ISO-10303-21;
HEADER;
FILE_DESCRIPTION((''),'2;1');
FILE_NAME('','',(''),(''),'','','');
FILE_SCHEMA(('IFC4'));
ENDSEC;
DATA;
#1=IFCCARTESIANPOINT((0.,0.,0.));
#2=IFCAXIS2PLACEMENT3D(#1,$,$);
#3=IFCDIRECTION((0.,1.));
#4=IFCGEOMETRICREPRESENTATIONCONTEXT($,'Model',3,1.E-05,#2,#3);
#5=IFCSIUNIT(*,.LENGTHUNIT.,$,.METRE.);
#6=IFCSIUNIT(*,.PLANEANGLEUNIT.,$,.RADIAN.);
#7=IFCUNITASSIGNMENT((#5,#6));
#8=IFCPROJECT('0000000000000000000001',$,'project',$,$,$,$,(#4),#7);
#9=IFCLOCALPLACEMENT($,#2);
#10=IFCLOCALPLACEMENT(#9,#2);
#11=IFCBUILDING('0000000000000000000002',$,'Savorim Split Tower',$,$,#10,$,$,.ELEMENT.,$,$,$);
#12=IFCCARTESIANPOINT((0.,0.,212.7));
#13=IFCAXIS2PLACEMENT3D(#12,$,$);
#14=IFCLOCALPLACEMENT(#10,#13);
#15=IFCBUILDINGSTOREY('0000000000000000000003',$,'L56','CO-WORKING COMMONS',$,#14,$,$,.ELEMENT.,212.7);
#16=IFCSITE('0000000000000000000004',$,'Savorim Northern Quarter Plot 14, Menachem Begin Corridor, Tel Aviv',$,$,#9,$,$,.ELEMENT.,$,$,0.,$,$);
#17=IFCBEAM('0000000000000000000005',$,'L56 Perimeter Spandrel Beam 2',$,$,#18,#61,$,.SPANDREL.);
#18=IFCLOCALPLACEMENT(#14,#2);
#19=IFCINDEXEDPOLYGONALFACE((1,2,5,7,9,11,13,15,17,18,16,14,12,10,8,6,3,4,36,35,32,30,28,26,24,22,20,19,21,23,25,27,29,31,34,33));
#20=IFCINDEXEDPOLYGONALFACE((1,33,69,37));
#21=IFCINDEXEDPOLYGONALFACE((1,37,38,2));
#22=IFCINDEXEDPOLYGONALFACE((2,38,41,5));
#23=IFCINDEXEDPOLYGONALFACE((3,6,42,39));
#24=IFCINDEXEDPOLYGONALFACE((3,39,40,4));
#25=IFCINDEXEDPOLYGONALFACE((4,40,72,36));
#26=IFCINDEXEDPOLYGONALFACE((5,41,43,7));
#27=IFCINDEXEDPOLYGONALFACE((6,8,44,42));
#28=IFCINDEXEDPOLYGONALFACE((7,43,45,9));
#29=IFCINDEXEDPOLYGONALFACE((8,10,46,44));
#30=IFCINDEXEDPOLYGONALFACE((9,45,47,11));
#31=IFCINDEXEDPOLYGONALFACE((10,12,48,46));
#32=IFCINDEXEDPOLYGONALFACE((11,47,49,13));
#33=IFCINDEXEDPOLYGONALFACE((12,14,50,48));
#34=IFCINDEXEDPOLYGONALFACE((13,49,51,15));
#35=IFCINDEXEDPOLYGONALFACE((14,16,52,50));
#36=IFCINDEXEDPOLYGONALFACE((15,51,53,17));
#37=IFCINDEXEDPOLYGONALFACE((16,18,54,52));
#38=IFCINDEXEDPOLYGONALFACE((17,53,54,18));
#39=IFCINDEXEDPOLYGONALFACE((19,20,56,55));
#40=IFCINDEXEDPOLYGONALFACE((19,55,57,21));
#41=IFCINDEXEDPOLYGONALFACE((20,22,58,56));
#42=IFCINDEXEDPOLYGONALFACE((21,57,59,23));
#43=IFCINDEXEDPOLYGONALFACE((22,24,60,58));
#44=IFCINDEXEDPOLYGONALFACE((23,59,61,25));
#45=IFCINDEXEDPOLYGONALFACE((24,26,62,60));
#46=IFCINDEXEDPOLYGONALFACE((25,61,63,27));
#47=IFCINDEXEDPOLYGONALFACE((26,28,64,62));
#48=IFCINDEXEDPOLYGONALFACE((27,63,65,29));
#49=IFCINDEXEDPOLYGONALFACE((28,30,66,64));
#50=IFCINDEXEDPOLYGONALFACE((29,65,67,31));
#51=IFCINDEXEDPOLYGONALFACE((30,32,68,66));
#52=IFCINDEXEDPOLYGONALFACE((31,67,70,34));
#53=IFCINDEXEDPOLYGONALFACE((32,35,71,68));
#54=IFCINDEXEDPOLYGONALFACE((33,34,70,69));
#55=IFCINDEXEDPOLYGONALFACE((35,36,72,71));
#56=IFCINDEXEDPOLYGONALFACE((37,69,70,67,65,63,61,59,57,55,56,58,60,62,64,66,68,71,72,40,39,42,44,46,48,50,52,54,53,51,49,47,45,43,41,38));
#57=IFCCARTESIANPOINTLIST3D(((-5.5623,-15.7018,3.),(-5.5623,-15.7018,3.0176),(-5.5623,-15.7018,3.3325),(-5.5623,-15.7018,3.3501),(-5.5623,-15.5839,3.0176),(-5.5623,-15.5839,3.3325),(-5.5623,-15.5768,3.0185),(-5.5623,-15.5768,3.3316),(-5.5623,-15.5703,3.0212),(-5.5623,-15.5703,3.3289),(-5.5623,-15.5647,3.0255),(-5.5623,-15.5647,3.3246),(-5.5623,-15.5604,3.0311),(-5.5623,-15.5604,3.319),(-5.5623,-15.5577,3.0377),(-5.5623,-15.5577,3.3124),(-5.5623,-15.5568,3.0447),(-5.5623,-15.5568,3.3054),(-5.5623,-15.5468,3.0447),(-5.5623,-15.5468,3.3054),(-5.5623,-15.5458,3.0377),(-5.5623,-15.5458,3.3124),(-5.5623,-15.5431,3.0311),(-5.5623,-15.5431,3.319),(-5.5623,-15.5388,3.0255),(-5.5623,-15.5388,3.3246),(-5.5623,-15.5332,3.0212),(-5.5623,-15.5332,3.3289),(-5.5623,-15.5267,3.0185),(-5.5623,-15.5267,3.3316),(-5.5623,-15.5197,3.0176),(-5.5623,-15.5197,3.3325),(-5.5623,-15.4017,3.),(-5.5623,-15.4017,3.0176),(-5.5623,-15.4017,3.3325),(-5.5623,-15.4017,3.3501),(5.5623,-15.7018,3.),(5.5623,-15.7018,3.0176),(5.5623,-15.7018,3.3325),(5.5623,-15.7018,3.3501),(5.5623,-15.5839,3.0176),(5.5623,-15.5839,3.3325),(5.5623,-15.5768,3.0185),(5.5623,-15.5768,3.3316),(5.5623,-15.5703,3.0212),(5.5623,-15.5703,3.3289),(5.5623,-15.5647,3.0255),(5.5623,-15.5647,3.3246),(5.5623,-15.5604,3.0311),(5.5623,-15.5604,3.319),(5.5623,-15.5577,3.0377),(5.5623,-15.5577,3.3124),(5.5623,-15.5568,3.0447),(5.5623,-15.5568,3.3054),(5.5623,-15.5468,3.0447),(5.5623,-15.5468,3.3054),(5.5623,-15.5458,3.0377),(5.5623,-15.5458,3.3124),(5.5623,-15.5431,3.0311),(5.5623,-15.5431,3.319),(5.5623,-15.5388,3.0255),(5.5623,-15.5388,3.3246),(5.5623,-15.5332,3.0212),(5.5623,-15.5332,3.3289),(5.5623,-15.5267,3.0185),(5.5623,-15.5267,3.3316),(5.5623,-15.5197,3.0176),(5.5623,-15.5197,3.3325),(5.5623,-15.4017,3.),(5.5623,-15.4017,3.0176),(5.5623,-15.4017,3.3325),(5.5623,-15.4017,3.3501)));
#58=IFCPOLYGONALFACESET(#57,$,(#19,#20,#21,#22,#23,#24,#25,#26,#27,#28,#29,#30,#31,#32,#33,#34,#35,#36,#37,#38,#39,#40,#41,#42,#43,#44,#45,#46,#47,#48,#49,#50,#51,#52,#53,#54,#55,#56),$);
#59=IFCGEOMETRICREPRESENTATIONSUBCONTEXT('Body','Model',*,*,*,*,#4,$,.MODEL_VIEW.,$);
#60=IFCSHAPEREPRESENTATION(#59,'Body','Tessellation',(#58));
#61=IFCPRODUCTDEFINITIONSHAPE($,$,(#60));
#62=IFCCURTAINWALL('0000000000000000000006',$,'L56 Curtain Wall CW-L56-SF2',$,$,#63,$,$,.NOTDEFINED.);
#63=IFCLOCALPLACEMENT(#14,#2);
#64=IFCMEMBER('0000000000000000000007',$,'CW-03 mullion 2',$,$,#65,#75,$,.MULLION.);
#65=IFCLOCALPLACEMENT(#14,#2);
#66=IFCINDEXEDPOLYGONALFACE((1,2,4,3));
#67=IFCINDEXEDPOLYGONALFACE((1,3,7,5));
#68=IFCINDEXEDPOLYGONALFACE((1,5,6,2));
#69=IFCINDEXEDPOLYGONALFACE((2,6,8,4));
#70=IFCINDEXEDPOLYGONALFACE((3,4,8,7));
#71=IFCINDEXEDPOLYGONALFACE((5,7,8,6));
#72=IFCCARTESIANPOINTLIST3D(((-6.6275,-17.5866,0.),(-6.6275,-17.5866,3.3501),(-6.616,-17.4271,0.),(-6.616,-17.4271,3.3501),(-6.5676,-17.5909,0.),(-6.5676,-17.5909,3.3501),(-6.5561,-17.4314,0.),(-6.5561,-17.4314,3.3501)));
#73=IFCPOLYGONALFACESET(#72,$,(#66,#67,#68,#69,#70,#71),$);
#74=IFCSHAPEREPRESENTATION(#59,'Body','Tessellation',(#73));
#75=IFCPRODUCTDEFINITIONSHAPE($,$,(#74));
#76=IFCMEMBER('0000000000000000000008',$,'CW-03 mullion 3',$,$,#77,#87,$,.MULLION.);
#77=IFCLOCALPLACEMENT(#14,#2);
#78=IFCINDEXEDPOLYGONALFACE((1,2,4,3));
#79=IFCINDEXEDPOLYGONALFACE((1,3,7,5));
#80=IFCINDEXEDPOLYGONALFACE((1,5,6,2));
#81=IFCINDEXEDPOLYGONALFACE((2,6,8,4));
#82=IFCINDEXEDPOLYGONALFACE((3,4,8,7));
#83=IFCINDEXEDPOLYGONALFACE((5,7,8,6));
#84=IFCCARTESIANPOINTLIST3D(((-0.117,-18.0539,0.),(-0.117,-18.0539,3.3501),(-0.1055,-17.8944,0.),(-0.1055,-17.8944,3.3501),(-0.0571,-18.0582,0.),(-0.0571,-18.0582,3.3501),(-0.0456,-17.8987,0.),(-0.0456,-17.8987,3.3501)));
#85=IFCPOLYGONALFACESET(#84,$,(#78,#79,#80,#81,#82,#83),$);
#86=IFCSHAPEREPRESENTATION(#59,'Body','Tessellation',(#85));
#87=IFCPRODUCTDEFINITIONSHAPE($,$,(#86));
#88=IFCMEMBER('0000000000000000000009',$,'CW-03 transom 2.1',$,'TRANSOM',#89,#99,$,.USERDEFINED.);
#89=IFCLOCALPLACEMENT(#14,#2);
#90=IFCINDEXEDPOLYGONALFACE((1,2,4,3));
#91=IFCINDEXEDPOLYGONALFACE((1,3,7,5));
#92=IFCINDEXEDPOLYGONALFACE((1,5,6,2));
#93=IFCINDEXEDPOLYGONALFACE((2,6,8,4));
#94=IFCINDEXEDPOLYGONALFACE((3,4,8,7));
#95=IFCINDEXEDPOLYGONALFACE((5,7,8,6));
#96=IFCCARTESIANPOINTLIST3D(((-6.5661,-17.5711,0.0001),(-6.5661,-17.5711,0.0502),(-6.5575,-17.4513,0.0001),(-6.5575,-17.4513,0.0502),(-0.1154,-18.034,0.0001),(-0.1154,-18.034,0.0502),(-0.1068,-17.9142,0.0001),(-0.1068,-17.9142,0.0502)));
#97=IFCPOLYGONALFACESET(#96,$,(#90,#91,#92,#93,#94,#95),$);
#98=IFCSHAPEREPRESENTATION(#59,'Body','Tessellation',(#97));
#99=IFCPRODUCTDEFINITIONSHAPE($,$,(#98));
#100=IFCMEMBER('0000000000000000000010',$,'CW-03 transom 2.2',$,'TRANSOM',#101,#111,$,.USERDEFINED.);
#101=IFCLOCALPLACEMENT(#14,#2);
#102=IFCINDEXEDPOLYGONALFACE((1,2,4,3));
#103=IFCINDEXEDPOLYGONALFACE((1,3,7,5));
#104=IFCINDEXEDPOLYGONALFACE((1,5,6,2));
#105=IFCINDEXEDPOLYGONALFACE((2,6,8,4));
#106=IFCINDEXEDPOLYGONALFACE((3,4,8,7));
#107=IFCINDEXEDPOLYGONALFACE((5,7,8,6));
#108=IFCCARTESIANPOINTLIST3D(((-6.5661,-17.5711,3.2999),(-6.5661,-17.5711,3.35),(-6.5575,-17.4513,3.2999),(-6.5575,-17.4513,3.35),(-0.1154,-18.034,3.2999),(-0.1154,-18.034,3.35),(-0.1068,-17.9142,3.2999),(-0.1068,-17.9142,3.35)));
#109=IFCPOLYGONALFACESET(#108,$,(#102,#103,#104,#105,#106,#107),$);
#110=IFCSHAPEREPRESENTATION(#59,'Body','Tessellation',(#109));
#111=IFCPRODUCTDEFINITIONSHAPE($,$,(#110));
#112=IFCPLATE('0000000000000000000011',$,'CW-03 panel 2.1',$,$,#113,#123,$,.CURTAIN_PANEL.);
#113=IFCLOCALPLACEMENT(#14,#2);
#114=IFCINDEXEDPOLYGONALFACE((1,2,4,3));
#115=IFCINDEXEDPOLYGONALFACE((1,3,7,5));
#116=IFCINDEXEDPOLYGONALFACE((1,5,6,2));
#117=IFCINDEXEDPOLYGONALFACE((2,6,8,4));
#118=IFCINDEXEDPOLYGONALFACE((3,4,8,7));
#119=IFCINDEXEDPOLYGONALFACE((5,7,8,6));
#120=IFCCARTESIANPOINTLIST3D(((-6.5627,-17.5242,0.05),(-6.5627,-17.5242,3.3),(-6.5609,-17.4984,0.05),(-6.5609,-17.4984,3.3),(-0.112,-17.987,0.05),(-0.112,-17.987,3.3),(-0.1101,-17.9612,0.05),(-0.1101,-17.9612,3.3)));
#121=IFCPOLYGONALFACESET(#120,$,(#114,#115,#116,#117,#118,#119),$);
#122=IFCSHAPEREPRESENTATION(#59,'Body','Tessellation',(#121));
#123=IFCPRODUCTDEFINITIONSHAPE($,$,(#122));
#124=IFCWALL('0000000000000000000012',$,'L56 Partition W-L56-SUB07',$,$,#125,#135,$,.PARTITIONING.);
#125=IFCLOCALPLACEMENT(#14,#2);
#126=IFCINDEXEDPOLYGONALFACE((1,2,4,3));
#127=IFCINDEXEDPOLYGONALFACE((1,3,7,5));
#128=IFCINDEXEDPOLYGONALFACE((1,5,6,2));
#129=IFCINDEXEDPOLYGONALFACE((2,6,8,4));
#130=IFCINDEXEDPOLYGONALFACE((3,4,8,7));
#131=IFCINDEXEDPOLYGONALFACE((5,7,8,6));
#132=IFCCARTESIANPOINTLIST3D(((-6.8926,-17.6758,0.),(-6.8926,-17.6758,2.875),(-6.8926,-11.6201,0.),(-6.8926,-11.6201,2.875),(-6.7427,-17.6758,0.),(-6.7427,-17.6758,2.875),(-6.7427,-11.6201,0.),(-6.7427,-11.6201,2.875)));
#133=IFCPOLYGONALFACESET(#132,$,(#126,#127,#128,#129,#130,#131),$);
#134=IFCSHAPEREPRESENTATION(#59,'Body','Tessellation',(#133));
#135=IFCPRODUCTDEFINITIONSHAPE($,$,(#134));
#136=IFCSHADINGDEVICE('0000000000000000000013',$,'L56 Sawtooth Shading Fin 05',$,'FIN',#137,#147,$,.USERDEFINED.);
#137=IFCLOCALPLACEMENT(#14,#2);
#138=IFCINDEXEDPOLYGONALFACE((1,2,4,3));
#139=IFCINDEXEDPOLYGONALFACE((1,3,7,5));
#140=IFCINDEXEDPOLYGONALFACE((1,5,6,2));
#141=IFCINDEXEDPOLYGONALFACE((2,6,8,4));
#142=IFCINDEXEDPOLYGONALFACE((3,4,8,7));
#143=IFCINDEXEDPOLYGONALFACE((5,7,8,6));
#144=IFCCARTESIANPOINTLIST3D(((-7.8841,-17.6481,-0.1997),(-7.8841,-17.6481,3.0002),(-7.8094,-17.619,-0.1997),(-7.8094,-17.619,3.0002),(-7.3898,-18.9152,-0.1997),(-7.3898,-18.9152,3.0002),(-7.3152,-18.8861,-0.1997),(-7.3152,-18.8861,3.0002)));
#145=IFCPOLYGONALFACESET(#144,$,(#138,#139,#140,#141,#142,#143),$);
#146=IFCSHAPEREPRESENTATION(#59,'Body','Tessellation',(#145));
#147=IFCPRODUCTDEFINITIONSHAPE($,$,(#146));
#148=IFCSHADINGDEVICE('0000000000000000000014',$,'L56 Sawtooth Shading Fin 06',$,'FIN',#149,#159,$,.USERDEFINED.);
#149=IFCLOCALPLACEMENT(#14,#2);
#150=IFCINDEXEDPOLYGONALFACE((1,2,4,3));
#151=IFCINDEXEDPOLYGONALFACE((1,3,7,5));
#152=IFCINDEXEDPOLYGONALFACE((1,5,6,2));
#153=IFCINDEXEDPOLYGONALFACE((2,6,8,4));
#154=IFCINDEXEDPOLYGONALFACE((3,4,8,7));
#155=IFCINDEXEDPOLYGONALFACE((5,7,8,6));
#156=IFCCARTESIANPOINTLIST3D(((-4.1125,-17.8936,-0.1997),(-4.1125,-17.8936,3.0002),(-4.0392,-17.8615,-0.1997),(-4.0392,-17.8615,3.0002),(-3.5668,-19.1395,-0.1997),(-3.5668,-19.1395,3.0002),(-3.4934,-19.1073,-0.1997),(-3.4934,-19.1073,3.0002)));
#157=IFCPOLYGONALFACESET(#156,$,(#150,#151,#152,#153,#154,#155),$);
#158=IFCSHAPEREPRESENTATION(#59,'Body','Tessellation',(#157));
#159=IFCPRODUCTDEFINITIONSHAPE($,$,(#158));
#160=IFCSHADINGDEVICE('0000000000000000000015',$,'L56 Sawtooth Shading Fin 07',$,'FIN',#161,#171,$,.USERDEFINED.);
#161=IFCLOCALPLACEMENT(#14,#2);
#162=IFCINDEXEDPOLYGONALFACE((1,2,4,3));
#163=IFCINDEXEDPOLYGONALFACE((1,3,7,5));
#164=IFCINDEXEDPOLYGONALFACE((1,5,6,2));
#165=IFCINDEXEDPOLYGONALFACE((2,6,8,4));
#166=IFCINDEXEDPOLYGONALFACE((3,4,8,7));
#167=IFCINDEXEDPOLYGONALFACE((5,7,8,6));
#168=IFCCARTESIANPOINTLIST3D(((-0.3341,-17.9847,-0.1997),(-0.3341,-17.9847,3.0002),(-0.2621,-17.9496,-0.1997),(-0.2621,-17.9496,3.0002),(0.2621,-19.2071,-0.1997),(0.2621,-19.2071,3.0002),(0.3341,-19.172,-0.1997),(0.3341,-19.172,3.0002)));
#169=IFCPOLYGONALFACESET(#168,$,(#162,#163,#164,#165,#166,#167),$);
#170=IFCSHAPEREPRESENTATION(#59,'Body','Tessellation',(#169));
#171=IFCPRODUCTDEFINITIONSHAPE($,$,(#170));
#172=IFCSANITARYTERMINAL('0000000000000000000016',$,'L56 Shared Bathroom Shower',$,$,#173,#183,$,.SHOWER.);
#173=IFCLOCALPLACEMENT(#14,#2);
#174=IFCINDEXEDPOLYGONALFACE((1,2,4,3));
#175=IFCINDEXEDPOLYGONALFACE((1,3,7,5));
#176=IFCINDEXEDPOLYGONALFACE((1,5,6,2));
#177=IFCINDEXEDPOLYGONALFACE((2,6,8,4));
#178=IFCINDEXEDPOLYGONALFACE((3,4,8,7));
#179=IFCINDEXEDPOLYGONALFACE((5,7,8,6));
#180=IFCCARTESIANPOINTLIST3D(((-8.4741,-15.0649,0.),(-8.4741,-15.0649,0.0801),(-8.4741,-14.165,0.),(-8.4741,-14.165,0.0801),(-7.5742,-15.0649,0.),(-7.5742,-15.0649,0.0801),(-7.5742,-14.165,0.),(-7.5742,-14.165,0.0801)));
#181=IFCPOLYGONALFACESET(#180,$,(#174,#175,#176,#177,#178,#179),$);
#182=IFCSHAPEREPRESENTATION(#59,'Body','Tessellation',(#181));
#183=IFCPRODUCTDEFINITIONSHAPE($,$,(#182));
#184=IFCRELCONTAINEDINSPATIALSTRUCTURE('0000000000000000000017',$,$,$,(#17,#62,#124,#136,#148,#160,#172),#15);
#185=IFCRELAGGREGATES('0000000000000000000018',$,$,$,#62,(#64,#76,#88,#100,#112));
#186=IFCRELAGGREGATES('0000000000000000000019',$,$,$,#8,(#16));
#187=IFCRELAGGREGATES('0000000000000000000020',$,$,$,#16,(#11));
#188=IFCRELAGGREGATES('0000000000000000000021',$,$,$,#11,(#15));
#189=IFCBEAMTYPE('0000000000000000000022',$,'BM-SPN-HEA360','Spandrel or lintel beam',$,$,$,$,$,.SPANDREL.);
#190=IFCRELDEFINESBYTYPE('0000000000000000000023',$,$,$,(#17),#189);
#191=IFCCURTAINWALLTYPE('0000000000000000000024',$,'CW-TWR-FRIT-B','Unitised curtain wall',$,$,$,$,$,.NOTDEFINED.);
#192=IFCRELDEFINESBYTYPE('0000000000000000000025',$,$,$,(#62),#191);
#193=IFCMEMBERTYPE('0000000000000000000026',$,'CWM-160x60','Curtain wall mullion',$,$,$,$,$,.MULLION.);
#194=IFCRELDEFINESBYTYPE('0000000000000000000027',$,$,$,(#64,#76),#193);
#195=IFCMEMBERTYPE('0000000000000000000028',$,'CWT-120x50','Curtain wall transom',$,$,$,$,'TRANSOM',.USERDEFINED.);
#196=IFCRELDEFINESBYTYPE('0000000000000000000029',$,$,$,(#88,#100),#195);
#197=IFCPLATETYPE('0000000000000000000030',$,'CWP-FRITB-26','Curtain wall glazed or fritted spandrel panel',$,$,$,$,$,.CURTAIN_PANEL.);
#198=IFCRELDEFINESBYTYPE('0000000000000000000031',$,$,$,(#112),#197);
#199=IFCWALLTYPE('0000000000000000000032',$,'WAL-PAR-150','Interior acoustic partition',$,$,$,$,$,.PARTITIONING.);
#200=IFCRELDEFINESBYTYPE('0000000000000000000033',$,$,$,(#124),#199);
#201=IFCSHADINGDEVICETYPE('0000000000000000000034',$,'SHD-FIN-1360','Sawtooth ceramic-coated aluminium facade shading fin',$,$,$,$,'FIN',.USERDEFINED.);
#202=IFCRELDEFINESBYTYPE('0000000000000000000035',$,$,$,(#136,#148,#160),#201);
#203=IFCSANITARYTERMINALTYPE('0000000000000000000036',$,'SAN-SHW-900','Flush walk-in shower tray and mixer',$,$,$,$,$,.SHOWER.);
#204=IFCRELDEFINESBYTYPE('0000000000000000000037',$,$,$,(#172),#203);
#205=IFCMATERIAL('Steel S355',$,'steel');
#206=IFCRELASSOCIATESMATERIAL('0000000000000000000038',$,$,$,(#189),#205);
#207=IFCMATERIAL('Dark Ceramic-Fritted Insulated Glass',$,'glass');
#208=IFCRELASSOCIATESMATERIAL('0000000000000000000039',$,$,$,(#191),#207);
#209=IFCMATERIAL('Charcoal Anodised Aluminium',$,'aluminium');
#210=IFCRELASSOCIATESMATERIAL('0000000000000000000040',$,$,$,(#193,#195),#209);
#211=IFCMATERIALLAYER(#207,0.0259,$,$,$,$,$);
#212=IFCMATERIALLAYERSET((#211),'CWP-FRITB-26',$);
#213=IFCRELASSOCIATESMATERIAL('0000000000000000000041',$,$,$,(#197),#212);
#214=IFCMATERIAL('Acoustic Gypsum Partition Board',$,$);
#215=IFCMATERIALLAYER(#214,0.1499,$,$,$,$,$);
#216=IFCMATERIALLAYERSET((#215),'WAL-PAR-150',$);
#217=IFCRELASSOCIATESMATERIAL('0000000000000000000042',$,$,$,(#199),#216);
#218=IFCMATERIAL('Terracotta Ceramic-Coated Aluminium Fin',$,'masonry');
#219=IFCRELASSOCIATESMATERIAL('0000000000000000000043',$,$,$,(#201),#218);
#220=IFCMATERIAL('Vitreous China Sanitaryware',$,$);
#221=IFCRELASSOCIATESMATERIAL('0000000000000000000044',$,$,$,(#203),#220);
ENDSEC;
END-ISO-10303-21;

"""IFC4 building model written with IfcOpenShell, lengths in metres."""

from ifc_helpers import new_model, si_unit, direction, frame, frame_2d, origin, origin_2d, place, context, subcontext, project, spatial, rectangle, i_section, extrude, material, layer, layer_set, material_profile, profile_set, type_object, element, aggregate, save


model = new_model("IFC4")

# Units and contexts
model_context = context("Model", 3, precision=1e-05, world=origin(), true_north=direction((0.0, 1.0)))
body_context = subcontext(model_context, "Body", "Model", "MODEL_VIEW")
ifc_project = project(units=[si_unit("LENGTHUNIT", "METRE"), si_unit("PLANEANGLEUNIT", "RADIAN")], contexts=[model_context])

# Site, building, storey
site_placement = place(None, origin())
site = spatial("IfcSite", under=ifc_project, at=site_placement, Name="Savorim Northern Quarter Plot 14, Menachem Begin Corridor, Tel Aviv", CompositionType="ELEMENT", RefElevation=0.0)
building_placement = place(site_placement, origin())
building = spatial("IfcBuilding", under=site, at=building_placement, Name="Savorim Split Tower", CompositionType="ELEMENT")
storey_placement = place(building_placement, frame((0.0, 0.0, 212.7)))
storey = spatial("IfcBuildingStorey", under=building, at=storey_placement, Name="L56", Description="CO-WORKING COMMONS", CompositionType="ELEMENT", Elevation=212.7)

# Shared definitions
ifc_material_1 = material(Name="Steel S355", Category="steel")

# Beam
ifc_material_profile_1 = material_profile(ifc_material_1, i_section(OverallWidth=0.3, OverallDepth=0.3501, WebThickness=0.01, FlangeThickness=0.0176, FilletRadius=0.0271, at=origin_2d()), Name="HEA 360")
ifc_profile_set_1 = profile_set([ifc_material_profile_1], Name="Steel S355")
beam_type_1 = type_object("IfcBeamType", Name="BM-SPN-HEA360", Description="Spandrel or lintel beam", PredefinedType="SPANDREL", material=ifc_profile_set_1)
beam_1_placement = place(storey_placement, frame((-5.5623, -15.5518, 3.175), z_axis=(1.0, 0.0, 0.0), x_axis=(0.0, 1.0, 0.0)))
element("IfcBeam", 1, at=beam_1_placement, inside=storey, type_object=beam_type_1, Name="L56 Perimeter Spandrel Beam 2", PredefinedType="SPANDREL", context=body_context, shape_type="SweptSolid", body=[
    extrude(i_section(OverallWidth=0.3, OverallDepth=0.3501, WebThickness=0.01, FlangeThickness=0.0176, FilletRadius=0.0271, at=origin_2d()), origin(), (0.0, 0.0, 1.0), 11.1245),
])

# Curtain wall, members, plate
ifc_material_2 = material(Name="Dark Ceramic-Fritted Insulated Glass", Category="glass")
curtain_wall_type = type_object("IfcCurtainWallType", Name="CW-TWR-FRIT-B", Description="Unitised curtain wall", PredefinedType="NOTDEFINED", material=ifc_material_2)
curtain_wall_placement = place(storey_placement, origin())
curtain_wall = element("IfcCurtainWall", 2, at=curtain_wall_placement, inside=storey, type_object=curtain_wall_type, Name="L56 Curtain Wall CW-L56-SF2", PredefinedType="NOTDEFINED")
ifc_material_3 = material(Name="Charcoal Anodised Aluminium", Category="aluminium")
ifc_material_profile_2 = material_profile(ifc_material_3, rectangle(XDim=0.1599, YDim=0.0601, at=origin_2d()), Name="ALU-M 160x60")
ifc_profile_set_2 = profile_set([ifc_material_profile_2], Name="Charcoal Anodised Aluminium")
member_type_1 = type_object("IfcMemberType", Name="CWM-160x60", Description="Curtain wall mullion", PredefinedType="MULLION", material=ifc_profile_set_2)
member_1_placement = place(storey_placement, frame((-6.5918, -17.509, 0.0), z_axis=(0.0, 0.0, 1.0), x_axis=(0.071562, 0.997436, 0.0)))
member_1 = element("IfcMember", 3, at=member_1_placement, type_object=member_type_1, Name="CW-03 mullion 2", PredefinedType="MULLION", context=body_context, shape_type="SweptSolid", body=[
    extrude(rectangle(XDim=0.1599, YDim=0.0601, at=origin_2d()), origin(), (0.0, 0.0, 1.0), 3.3501),
])
member_2_placement = place(storey_placement, frame((-0.0813, -17.9763, 0.0), z_axis=(0.0, 0.0, 1.0), x_axis=(0.071562, 0.997436, 0.0)))
member_2 = element("IfcMember", 4, at=member_2_placement, type_object=member_type_1, Name="CW-03 mullion 3", PredefinedType="MULLION", context=body_context, shape_type="SweptSolid", body=[
    extrude(rectangle(XDim=0.1599, YDim=0.0601, at=origin_2d()), origin(), (0.0, 0.0, 1.0), 3.3501),
])
ifc_material_profile_3 = material_profile(ifc_material_3, rectangle(XDim=0.1201, YDim=0.05, at=origin_2d()), Name="ALU-T 120x50")
ifc_profile_set_3 = profile_set([ifc_material_profile_3], Name="Charcoal Anodised Aluminium")
member_type_2 = type_object("IfcMemberType", Name="CWT-120x50", Description="Curtain wall transom", ElementType="TRANSOM", PredefinedType="USERDEFINED", material=ifc_profile_set_3)
member_3_placement = place(storey_placement, frame((-6.5618, -17.5112, 0.0251), z_axis=(0.997435, -0.071574, 0.0), x_axis=(0.071574, 0.997435, 0.0)))
member_3 = element("IfcMember", 5, at=member_3_placement, type_object=member_type_2, Name="CW-03 transom 2.1", ObjectType="TRANSOM", PredefinedType="USERDEFINED", context=body_context, shape_type="SweptSolid", body=[
    extrude(rectangle(XDim=0.1201, YDim=0.05, at=origin_2d()), origin(), (0.0, 0.0, 1.0), 6.4673),
])
member_4_placement = place(storey_placement, frame((-6.5618, -17.5112, 3.325), z_axis=(0.997435, -0.071574, 0.0), x_axis=(0.071574, 0.997435, 0.0)))
member_4 = element("IfcMember", 6, at=member_4_placement, type_object=member_type_2, Name="CW-03 transom 2.2", ObjectType="TRANSOM", PredefinedType="USERDEFINED", context=body_context, shape_type="SweptSolid", body=[
    extrude(rectangle(XDim=0.1201, YDim=0.05, at=origin_2d()), origin(), (0.0, 0.0, 1.0), 6.4673),
])
ifc_layer_1 = layer(ifc_material_2, 0.0259)
ifc_layer_set_1 = layer_set([ifc_layer_1], Name="CWP-FRITB-26")
plate_type = type_object("IfcPlateType", Name="CWP-FRITB-26", Description="Curtain wall glazed or fritted spandrel panel", PredefinedType="CURTAIN_PANEL", material=ifc_layer_set_1)
plate_placement = place(storey_placement, frame((-3.3364, -17.7427, 0.05), z_axis=(0.0, 0.0, 1.0), x_axis=(0.997436, -0.071562, 0.0)))
plate = element("IfcPlate", 7, at=plate_placement, type_object=plate_type, Name="CW-03 panel 2.1", PredefinedType="CURTAIN_PANEL", context=body_context, shape_type="SweptSolid", body=[
    extrude(rectangle(XDim=6.4673, YDim=0.0259, at=origin_2d()), origin(), (0.0, 0.0, 1.0), 3.25),
])
aggregate(curtain_wall, [member_1, member_2, member_3, member_4, plate])

# Wall
ifc_material_4 = material(Name="Acoustic Gypsum Partition Board")
ifc_layer_2 = layer(ifc_material_4, 0.1499)
ifc_layer_set_2 = layer_set([ifc_layer_2], Name="WAL-PAR-150")
wall_type = type_object("IfcWallType", Name="WAL-PAR-150", Description="Interior acoustic partition", PredefinedType="PARTITIONING", material=ifc_layer_set_2)
wall_placement = place(storey_placement, frame((-6.8176, -11.6201, 0.0), z_axis=(0.0, 0.0, 1.0), x_axis=(0.0, -1.0, 0.0)))
element("IfcWall", 8, at=wall_placement, inside=storey, type_object=wall_type, Name="L56 Partition W-L56-SUB07", PredefinedType="PARTITIONING", context=body_context, shape_type="SweptSolid", body=[
    extrude(rectangle(XDim=6.0557, YDim=0.1499, at=frame_2d((3.0278, 0.0))), origin(), (0.0, 0.0, 1.0), 2.875),
])

# Shading devices
ifc_material_5 = material(Name="Terracotta Ceramic-Coated Aluminium Fin", Category="masonry")
shading_device_type = type_object("IfcShadingDeviceType", Name="SHD-FIN-1360", Description="Sawtooth ceramic-coated aluminium facade shading fin", ElementType="FIN", PredefinedType="USERDEFINED", material=ifc_material_5)
for number, where, z_axis, x_axis, name in (
    (9, (-7.5996, -18.2671, -0.1997), (0.0, 0.0, 1.0), (0.363415, -0.931627, 0.0), "L56 Sawtooth Shading Fin 05"),
    (10, (-3.803, -18.5005, -0.1997), (0.0, 0.0, 1.0), (0.40123, -0.915977, 0.0), "L56 Sawtooth Shading Fin 06"),
    (11, (0.0, -18.5784, -0.1997), (0.0, 0.0, 1.0), (0.438371, -0.898794, 0.0), "L56 Sawtooth Shading Fin 07"),
):
    element("IfcShadingDevice", number, at=place(storey_placement, frame(where, z_axis=z_axis, x_axis=x_axis)), inside=storey, type_object=shading_device_type, Name=name, ObjectType="FIN", PredefinedType="USERDEFINED", context=body_context, shape_type="SweptSolid", body=[
        extrude(rectangle(XDim=1.3601, YDim=0.0801, at=origin_2d()), origin(), (0.0, 0.0, 1.0), 3.2),
    ])

# Sanitary terminal
ifc_material_6 = material(Name="Vitreous China Sanitaryware")
sanitary_terminal_type_1 = type_object("IfcSanitaryTerminalType", Name="SAN-SHW-900", Description="Flush walk-in shower tray and mixer", PredefinedType="SHOWER", material=ifc_material_6)
sanitary_terminal_1_placement = place(storey_placement, frame((-8.0242, -14.615, 0.0), z_axis=(0.0, 0.0, 1.0), x_axis=(1.0, 0.0, 0.0)))
element("IfcSanitaryTerminal", 12, at=sanitary_terminal_1_placement, inside=storey, type_object=sanitary_terminal_type_1, Name="L56 Shared Bathroom Shower", PredefinedType="SHOWER", context=body_context, shape_type="SweptSolid", body=[
    extrude(rectangle(XDim=0.8999, YDim=0.8999, at=origin_2d()), origin(), (0.0, 0.0, 1.0), 0.0801),
])

save(model, "model.ifc")
